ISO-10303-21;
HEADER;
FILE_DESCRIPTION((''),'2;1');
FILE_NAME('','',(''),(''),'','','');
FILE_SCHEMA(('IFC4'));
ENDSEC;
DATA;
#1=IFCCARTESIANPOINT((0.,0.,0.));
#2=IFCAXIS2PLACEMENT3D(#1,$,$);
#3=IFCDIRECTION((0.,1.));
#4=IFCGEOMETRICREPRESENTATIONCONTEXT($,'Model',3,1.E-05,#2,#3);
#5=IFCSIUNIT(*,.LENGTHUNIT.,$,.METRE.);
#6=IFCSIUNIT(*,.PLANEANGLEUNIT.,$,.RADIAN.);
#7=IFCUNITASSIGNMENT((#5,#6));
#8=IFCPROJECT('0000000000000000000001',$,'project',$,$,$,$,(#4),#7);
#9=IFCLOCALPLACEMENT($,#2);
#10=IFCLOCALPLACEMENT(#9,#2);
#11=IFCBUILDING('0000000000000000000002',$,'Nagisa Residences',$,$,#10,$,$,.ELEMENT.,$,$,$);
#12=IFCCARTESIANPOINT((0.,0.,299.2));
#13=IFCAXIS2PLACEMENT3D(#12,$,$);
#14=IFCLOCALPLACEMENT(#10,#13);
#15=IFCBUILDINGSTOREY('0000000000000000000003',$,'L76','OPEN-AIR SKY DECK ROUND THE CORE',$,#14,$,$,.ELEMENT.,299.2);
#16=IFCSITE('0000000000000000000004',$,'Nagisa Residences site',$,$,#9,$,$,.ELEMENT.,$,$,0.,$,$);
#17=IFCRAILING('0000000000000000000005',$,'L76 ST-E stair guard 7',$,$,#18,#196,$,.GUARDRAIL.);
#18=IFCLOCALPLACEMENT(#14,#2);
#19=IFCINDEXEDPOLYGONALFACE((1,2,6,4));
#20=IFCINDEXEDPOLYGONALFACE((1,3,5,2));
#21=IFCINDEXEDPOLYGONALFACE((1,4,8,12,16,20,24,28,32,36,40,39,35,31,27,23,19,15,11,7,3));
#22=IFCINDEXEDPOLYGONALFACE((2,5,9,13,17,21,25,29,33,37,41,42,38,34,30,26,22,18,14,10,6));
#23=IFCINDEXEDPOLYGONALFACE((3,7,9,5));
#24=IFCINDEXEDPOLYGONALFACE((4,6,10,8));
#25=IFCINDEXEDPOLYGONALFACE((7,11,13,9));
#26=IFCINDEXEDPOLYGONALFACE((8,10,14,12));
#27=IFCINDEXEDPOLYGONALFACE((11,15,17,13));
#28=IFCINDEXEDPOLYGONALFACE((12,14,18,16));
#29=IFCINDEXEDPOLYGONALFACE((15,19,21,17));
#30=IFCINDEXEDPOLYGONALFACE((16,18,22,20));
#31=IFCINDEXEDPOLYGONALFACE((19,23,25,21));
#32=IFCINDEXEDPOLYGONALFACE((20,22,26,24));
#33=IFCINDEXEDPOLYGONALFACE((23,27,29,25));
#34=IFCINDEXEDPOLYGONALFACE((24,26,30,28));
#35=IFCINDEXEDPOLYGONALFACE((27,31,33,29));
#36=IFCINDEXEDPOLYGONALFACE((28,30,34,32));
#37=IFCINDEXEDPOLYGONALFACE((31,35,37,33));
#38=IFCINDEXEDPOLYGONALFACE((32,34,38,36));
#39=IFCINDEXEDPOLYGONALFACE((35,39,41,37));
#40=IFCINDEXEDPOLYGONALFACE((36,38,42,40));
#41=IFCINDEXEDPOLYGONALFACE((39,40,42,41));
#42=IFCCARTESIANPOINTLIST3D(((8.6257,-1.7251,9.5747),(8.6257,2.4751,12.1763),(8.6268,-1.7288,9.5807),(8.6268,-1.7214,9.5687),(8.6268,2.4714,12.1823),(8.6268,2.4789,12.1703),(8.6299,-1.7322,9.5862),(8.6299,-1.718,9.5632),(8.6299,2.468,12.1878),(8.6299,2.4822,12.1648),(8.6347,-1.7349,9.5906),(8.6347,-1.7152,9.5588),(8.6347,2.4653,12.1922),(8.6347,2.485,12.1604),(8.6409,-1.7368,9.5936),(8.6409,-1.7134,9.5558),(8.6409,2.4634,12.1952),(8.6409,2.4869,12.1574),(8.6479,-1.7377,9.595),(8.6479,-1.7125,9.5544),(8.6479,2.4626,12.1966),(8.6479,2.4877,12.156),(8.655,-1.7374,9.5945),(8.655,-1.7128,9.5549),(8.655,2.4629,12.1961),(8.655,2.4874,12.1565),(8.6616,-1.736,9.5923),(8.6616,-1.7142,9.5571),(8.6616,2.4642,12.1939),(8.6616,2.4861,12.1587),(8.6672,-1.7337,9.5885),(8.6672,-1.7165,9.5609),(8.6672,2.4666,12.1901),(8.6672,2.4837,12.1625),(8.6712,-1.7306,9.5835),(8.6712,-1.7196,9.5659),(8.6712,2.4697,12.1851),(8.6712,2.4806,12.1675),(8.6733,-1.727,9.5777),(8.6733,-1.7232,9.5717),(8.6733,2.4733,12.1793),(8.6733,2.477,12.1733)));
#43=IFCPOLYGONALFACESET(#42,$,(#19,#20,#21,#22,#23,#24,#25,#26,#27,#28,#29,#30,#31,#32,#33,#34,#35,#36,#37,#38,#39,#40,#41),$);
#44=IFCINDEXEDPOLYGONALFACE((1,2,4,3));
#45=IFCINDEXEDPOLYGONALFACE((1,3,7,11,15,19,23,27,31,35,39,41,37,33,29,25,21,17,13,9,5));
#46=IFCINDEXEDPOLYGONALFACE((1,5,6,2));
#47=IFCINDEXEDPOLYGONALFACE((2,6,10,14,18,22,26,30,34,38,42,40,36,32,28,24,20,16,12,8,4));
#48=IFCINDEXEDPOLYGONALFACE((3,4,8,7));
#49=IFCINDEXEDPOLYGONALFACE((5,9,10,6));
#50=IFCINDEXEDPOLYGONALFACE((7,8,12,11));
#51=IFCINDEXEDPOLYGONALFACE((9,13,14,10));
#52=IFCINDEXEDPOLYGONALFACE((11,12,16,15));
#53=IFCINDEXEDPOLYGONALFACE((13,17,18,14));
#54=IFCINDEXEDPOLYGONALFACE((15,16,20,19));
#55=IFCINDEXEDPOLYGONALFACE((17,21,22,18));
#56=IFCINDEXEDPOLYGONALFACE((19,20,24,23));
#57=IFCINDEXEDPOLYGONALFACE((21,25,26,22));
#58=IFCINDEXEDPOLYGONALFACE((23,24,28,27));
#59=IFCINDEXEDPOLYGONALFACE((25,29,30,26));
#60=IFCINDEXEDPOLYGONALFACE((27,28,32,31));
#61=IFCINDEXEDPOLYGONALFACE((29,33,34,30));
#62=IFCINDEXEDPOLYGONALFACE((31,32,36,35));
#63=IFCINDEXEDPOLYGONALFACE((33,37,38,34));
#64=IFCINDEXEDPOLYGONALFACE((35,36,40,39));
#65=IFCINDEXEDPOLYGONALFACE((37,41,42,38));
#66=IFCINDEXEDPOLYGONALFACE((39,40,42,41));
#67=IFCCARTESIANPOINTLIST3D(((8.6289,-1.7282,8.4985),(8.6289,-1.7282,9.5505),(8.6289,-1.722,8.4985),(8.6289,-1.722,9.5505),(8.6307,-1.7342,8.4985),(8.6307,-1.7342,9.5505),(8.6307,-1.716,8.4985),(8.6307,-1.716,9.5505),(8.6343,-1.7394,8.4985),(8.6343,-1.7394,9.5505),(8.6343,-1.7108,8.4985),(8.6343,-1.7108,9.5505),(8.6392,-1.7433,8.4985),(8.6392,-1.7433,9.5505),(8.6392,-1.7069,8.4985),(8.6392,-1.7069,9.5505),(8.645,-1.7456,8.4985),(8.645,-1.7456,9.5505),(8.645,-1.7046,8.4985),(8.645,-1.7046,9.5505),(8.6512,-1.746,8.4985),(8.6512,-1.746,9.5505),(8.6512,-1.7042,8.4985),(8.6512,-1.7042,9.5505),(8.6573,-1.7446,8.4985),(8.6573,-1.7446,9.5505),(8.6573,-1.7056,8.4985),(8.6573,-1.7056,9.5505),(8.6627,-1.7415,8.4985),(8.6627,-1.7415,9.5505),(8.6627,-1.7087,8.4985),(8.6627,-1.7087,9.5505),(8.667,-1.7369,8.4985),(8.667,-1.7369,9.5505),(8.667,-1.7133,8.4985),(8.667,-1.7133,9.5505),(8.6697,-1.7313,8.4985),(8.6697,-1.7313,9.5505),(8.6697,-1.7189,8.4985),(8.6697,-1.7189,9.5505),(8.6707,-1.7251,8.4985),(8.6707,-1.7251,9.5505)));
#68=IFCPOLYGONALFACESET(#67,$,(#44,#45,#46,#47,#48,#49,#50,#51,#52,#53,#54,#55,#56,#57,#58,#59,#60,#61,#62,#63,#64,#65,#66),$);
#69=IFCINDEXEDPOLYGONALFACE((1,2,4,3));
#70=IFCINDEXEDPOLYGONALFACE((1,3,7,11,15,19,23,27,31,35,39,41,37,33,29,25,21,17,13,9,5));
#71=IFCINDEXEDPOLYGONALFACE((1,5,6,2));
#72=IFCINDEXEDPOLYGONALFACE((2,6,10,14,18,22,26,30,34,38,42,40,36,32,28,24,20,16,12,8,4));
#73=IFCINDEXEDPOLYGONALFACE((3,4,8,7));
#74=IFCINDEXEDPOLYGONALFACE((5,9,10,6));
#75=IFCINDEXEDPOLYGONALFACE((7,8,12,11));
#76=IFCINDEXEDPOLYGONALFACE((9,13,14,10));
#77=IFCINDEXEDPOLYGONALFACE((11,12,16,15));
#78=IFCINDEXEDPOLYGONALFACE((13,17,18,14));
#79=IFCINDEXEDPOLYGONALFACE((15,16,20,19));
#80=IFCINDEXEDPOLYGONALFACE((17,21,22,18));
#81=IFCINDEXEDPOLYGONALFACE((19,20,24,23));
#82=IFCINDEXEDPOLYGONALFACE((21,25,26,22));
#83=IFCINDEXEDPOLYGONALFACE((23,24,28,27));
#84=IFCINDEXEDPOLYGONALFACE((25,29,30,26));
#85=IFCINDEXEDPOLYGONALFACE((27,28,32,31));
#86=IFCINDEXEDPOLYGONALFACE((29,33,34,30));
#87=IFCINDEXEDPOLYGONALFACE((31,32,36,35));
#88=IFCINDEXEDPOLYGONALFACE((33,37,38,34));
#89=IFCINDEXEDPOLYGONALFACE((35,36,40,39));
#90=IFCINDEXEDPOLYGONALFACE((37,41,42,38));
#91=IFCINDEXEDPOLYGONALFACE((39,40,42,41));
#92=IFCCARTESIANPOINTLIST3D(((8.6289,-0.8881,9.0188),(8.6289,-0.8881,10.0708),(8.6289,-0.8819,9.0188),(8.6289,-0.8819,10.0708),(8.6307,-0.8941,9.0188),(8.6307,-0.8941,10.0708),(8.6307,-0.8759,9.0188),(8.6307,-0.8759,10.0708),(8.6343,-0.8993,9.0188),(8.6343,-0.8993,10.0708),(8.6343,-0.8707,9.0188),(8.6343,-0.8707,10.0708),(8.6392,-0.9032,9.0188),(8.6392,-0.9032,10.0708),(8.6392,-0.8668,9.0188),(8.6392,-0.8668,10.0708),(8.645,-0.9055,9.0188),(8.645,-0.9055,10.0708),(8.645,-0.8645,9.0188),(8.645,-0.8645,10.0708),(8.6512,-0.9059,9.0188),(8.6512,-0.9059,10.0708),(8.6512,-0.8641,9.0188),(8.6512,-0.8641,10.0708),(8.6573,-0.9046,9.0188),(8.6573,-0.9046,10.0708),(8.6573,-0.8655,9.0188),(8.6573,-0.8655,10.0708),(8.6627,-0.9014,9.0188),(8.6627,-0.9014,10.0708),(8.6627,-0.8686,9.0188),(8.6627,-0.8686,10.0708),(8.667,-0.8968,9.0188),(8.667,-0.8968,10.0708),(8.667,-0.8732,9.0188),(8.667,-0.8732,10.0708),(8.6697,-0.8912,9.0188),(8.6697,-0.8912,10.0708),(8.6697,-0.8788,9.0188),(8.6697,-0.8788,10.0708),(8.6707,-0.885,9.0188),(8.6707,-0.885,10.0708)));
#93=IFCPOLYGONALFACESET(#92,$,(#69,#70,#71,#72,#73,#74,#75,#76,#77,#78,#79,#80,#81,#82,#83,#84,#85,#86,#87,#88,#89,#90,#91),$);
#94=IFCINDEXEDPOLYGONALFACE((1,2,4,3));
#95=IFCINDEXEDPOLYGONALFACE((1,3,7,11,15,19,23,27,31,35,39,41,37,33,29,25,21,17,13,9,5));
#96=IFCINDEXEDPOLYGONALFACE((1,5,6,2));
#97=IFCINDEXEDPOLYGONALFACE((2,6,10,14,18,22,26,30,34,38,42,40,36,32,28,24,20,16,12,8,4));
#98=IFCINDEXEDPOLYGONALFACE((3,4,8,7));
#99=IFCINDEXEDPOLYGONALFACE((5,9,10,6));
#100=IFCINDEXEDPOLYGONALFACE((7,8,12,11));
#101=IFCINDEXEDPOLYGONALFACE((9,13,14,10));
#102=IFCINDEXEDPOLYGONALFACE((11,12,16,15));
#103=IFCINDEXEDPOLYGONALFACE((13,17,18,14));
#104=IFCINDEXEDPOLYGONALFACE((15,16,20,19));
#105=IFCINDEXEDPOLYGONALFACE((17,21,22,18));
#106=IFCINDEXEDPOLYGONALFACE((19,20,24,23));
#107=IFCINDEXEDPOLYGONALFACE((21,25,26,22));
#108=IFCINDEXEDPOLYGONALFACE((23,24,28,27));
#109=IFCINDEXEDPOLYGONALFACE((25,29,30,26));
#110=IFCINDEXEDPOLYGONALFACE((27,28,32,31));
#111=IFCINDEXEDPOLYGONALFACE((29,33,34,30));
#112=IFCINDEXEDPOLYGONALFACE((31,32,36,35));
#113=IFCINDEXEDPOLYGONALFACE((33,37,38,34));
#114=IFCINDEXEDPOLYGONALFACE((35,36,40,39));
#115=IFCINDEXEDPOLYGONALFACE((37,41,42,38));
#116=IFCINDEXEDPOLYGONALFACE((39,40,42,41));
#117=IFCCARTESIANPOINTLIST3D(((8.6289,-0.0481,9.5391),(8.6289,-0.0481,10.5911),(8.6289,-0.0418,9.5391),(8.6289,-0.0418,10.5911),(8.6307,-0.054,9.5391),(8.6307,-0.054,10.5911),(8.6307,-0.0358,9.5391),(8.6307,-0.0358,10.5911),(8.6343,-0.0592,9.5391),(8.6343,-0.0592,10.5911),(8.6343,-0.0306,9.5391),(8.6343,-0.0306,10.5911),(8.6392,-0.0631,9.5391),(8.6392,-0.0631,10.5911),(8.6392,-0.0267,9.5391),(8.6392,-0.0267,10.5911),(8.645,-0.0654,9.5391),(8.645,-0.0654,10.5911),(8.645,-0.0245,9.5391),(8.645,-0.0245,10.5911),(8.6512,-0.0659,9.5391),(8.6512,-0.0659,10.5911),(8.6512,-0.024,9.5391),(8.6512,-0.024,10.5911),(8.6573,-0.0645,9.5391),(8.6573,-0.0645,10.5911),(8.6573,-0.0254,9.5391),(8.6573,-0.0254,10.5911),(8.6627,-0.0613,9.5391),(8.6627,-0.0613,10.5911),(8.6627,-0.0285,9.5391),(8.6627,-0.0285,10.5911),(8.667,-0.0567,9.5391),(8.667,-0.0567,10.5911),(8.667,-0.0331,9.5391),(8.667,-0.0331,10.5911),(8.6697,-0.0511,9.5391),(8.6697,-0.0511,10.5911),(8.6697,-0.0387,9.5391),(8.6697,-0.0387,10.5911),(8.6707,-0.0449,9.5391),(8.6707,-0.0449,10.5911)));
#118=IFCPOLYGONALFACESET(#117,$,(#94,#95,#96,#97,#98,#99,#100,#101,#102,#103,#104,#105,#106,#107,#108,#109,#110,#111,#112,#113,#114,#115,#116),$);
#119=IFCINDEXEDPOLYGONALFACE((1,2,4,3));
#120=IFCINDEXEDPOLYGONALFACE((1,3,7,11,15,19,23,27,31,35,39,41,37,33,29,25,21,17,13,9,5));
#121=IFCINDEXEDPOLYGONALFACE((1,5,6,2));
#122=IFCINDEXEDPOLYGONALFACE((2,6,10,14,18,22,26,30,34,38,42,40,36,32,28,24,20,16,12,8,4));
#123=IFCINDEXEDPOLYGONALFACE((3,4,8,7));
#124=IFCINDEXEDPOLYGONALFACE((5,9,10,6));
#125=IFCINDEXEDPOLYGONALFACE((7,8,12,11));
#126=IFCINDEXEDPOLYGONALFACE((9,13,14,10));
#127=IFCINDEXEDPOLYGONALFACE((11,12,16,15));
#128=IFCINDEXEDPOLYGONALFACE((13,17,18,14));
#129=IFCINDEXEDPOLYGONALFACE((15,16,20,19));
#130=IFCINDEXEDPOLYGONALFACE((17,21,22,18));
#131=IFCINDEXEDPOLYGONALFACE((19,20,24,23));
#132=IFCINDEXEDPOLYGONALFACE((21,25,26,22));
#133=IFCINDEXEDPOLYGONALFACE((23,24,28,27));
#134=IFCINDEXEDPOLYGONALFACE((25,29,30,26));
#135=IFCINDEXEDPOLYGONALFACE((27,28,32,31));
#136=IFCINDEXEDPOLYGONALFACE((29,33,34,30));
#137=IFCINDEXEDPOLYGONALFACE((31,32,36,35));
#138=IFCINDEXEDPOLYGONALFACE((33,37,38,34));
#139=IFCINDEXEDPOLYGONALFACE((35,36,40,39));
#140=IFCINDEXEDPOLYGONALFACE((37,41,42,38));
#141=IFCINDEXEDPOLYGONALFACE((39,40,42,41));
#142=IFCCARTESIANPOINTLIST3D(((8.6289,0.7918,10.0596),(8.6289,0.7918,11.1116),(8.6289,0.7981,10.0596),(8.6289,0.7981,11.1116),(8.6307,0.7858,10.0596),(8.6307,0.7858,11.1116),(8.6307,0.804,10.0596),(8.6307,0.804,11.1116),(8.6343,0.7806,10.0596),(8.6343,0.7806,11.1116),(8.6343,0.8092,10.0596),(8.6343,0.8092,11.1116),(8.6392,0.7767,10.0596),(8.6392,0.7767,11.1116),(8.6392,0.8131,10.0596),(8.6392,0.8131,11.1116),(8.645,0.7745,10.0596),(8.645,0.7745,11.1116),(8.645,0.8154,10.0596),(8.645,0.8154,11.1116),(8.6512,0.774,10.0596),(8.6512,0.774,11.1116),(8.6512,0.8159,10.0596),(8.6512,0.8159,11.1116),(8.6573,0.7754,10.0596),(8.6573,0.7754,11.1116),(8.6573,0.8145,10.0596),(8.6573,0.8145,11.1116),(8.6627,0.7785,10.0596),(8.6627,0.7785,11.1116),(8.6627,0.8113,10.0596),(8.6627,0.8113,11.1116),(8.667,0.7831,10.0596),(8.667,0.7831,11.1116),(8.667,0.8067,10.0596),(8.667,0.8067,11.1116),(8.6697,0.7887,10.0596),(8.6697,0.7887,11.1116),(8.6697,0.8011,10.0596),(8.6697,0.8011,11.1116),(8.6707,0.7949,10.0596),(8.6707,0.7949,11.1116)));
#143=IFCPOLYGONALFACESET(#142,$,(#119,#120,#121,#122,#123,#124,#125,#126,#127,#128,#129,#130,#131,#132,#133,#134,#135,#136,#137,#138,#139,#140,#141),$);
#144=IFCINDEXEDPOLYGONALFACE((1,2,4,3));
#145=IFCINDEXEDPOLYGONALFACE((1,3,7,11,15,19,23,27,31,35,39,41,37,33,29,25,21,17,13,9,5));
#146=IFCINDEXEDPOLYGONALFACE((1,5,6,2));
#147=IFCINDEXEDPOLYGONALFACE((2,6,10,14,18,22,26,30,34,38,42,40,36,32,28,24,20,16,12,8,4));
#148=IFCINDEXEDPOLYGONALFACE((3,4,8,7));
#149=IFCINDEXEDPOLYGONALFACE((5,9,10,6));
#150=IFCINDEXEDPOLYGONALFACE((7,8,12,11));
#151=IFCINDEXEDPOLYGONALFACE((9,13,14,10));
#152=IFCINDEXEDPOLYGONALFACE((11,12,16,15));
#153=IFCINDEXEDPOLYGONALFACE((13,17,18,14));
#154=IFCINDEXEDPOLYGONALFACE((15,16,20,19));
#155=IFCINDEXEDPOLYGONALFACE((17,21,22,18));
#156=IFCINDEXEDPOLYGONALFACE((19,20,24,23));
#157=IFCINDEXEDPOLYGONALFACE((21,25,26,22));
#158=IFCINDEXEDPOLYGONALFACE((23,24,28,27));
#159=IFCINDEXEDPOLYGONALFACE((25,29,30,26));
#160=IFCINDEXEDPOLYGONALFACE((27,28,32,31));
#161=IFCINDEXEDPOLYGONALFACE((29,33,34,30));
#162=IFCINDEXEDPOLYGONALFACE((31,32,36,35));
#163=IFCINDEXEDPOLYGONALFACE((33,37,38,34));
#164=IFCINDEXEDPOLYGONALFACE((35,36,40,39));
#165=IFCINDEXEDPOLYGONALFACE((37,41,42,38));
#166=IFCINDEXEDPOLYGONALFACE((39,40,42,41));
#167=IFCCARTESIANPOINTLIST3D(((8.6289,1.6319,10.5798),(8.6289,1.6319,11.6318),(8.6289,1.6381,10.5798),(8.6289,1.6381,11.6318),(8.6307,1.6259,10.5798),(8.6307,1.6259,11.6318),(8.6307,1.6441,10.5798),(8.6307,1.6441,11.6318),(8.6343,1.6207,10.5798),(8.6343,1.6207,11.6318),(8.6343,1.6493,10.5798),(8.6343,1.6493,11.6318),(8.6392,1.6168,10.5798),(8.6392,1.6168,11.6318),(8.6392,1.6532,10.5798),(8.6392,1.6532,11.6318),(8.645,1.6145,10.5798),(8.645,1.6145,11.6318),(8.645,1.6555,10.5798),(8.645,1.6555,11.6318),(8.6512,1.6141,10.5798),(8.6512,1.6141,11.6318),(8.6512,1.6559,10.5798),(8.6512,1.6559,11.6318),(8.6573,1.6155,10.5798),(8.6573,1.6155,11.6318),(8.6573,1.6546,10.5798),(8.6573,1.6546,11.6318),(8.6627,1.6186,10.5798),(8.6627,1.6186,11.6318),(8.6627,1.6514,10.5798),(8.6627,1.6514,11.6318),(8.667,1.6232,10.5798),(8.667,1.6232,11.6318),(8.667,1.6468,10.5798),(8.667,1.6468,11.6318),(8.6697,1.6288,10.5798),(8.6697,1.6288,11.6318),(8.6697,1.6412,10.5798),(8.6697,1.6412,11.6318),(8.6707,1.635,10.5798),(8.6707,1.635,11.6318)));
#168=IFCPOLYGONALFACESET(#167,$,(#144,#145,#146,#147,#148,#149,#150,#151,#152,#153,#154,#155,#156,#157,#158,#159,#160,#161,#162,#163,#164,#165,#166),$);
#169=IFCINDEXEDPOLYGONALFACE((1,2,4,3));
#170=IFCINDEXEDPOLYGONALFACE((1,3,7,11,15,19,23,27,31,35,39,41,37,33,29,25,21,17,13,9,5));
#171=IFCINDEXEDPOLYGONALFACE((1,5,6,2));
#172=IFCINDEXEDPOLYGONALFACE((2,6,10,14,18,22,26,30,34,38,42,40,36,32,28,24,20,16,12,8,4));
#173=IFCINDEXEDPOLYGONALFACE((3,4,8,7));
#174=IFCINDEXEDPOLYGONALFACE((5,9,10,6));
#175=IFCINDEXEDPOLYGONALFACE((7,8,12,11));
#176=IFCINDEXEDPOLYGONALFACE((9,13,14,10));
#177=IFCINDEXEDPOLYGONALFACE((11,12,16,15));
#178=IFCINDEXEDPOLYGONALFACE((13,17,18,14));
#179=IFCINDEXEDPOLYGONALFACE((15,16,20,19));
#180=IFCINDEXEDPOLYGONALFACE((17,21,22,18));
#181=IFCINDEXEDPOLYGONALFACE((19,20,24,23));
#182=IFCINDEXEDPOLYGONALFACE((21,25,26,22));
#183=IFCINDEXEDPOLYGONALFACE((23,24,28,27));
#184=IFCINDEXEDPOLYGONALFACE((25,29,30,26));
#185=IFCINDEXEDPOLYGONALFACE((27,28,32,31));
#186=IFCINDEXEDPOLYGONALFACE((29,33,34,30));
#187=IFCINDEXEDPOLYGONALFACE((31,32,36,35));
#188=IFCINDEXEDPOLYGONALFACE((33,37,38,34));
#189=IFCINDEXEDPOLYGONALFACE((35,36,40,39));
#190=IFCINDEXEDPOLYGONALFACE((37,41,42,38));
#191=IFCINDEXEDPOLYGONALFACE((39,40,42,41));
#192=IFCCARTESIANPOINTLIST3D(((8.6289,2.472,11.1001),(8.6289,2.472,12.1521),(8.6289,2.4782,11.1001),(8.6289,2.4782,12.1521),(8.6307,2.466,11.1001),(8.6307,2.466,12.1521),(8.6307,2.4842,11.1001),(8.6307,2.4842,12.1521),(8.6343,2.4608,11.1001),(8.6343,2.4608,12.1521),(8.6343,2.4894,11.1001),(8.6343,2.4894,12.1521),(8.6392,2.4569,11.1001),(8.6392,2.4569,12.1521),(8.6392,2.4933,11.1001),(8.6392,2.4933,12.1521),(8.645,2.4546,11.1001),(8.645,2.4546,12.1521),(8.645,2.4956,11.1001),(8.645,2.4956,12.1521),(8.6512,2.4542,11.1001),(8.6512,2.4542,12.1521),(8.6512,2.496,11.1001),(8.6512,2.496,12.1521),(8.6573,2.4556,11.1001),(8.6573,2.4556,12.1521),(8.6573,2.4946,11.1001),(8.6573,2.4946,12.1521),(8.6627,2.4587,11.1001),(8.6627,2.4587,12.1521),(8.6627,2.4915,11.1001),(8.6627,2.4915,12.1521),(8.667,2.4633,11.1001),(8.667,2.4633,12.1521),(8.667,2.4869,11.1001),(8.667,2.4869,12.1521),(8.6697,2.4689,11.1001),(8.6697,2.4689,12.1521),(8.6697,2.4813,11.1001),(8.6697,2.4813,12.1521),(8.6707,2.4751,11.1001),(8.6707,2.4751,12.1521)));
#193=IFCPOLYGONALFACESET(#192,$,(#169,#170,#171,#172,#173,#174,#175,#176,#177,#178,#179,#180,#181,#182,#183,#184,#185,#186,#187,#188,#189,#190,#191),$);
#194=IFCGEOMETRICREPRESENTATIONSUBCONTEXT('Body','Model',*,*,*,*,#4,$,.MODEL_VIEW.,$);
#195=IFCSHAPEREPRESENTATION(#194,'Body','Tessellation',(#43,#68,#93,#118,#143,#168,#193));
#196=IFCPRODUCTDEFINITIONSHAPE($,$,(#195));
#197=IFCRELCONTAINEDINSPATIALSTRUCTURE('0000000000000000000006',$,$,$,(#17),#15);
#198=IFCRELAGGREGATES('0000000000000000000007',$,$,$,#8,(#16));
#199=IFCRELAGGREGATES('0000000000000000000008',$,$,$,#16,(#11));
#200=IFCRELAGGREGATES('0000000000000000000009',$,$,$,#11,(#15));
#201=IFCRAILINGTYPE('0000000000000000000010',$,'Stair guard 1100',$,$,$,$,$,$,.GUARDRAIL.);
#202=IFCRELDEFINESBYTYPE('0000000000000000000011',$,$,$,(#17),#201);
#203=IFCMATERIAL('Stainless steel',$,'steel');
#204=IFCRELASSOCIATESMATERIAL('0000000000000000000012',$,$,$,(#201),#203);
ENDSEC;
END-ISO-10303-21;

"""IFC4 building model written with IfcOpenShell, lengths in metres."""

from ifc_helpers import new_model, si_unit, direction, frame, origin, origin_2d, place, context, subcontext, project, spatial, circle, extrude, material, type_object, element, save


model = new_model("IFC4")

# Units and contexts
model_context = context("Model", 3, precision=1e-05, world=origin(), true_north=direction((0.0, 1.0)))
body_context = subcontext(model_context, "Body", "Model", "MODEL_VIEW")
ifc_project = project(units=[si_unit("LENGTHUNIT", "METRE"), si_unit("PLANEANGLEUNIT", "RADIAN")], contexts=[model_context])

# Site, building, storey
site_placement = place(None, origin())
site = spatial("IfcSite", under=ifc_project, at=site_placement, Name="Nagisa Residences site", CompositionType="ELEMENT", RefElevation=0.0)
building_placement = place(site_placement, origin())
building = spatial("IfcBuilding", under=site, at=building_placement, Name="Nagisa Residences", CompositionType="ELEMENT")
storey_placement = place(building_placement, frame((0.0, 0.0, 299.2)))
storey = spatial("IfcBuildingStorey", under=building, at=storey_placement, Name="L76", Description="OPEN-AIR SKY DECK ROUND THE CORE", CompositionType="ELEMENT", Elevation=299.2)

# Railing
ifc_material_1 = material(Name="Stainless steel", Category="steel")
railing_type_1 = type_object("IfcRailingType", Name="Stair guard 1100", PredefinedType="GUARDRAIL", material=ifc_material_1)
railing_1_placement = place(storey_placement, frame((8.6497, -1.7251, 8.4985)))
element("IfcRailing", 1, at=railing_1_placement, inside=storey, type_object=railing_type_1, Name="L76 ST-E stair guard 7", PredefinedType="GUARDRAIL", context=body_context, shape_type="SweptSolid", body=[
    extrude(circle(Radius=0.0239, at=origin_2d()), frame((0.0, 0.0, 1.0762), z_axis=(0.0, 0.850135, 0.526566), x_axis=(-1.0, 0.0, 0.0)), (0.0, 0.0, 1.0), 4.9407),
    extrude(circle(Radius=0.021, at=origin_2d()), origin(), (0.0, 0.0, 1.0), 1.052),
    extrude(circle(Radius=0.021, at=origin_2d()), frame((0.0, 0.8401, 0.5203)), (0.0, 0.0, 1.0), 1.052),
    extrude(circle(Radius=0.021, at=origin_2d()), frame((0.0, 1.6802, 1.0405)), (0.0, 0.0, 1.0), 1.052),
    extrude(circle(Radius=0.021, at=origin_2d()), frame((0.0, 2.52, 1.561)), (0.0, 0.0, 1.0), 1.052),
    extrude(circle(Radius=0.021, at=origin_2d()), frame((0.0, 3.3601, 2.0813)), (0.0, 0.0, 1.0), 1.052),
    extrude(circle(Radius=0.021, at=origin_2d()), frame((0.0, 4.2002, 2.6016)), (0.0, 0.0, 1.0), 1.052),
])

save(model, "model.ifc")
